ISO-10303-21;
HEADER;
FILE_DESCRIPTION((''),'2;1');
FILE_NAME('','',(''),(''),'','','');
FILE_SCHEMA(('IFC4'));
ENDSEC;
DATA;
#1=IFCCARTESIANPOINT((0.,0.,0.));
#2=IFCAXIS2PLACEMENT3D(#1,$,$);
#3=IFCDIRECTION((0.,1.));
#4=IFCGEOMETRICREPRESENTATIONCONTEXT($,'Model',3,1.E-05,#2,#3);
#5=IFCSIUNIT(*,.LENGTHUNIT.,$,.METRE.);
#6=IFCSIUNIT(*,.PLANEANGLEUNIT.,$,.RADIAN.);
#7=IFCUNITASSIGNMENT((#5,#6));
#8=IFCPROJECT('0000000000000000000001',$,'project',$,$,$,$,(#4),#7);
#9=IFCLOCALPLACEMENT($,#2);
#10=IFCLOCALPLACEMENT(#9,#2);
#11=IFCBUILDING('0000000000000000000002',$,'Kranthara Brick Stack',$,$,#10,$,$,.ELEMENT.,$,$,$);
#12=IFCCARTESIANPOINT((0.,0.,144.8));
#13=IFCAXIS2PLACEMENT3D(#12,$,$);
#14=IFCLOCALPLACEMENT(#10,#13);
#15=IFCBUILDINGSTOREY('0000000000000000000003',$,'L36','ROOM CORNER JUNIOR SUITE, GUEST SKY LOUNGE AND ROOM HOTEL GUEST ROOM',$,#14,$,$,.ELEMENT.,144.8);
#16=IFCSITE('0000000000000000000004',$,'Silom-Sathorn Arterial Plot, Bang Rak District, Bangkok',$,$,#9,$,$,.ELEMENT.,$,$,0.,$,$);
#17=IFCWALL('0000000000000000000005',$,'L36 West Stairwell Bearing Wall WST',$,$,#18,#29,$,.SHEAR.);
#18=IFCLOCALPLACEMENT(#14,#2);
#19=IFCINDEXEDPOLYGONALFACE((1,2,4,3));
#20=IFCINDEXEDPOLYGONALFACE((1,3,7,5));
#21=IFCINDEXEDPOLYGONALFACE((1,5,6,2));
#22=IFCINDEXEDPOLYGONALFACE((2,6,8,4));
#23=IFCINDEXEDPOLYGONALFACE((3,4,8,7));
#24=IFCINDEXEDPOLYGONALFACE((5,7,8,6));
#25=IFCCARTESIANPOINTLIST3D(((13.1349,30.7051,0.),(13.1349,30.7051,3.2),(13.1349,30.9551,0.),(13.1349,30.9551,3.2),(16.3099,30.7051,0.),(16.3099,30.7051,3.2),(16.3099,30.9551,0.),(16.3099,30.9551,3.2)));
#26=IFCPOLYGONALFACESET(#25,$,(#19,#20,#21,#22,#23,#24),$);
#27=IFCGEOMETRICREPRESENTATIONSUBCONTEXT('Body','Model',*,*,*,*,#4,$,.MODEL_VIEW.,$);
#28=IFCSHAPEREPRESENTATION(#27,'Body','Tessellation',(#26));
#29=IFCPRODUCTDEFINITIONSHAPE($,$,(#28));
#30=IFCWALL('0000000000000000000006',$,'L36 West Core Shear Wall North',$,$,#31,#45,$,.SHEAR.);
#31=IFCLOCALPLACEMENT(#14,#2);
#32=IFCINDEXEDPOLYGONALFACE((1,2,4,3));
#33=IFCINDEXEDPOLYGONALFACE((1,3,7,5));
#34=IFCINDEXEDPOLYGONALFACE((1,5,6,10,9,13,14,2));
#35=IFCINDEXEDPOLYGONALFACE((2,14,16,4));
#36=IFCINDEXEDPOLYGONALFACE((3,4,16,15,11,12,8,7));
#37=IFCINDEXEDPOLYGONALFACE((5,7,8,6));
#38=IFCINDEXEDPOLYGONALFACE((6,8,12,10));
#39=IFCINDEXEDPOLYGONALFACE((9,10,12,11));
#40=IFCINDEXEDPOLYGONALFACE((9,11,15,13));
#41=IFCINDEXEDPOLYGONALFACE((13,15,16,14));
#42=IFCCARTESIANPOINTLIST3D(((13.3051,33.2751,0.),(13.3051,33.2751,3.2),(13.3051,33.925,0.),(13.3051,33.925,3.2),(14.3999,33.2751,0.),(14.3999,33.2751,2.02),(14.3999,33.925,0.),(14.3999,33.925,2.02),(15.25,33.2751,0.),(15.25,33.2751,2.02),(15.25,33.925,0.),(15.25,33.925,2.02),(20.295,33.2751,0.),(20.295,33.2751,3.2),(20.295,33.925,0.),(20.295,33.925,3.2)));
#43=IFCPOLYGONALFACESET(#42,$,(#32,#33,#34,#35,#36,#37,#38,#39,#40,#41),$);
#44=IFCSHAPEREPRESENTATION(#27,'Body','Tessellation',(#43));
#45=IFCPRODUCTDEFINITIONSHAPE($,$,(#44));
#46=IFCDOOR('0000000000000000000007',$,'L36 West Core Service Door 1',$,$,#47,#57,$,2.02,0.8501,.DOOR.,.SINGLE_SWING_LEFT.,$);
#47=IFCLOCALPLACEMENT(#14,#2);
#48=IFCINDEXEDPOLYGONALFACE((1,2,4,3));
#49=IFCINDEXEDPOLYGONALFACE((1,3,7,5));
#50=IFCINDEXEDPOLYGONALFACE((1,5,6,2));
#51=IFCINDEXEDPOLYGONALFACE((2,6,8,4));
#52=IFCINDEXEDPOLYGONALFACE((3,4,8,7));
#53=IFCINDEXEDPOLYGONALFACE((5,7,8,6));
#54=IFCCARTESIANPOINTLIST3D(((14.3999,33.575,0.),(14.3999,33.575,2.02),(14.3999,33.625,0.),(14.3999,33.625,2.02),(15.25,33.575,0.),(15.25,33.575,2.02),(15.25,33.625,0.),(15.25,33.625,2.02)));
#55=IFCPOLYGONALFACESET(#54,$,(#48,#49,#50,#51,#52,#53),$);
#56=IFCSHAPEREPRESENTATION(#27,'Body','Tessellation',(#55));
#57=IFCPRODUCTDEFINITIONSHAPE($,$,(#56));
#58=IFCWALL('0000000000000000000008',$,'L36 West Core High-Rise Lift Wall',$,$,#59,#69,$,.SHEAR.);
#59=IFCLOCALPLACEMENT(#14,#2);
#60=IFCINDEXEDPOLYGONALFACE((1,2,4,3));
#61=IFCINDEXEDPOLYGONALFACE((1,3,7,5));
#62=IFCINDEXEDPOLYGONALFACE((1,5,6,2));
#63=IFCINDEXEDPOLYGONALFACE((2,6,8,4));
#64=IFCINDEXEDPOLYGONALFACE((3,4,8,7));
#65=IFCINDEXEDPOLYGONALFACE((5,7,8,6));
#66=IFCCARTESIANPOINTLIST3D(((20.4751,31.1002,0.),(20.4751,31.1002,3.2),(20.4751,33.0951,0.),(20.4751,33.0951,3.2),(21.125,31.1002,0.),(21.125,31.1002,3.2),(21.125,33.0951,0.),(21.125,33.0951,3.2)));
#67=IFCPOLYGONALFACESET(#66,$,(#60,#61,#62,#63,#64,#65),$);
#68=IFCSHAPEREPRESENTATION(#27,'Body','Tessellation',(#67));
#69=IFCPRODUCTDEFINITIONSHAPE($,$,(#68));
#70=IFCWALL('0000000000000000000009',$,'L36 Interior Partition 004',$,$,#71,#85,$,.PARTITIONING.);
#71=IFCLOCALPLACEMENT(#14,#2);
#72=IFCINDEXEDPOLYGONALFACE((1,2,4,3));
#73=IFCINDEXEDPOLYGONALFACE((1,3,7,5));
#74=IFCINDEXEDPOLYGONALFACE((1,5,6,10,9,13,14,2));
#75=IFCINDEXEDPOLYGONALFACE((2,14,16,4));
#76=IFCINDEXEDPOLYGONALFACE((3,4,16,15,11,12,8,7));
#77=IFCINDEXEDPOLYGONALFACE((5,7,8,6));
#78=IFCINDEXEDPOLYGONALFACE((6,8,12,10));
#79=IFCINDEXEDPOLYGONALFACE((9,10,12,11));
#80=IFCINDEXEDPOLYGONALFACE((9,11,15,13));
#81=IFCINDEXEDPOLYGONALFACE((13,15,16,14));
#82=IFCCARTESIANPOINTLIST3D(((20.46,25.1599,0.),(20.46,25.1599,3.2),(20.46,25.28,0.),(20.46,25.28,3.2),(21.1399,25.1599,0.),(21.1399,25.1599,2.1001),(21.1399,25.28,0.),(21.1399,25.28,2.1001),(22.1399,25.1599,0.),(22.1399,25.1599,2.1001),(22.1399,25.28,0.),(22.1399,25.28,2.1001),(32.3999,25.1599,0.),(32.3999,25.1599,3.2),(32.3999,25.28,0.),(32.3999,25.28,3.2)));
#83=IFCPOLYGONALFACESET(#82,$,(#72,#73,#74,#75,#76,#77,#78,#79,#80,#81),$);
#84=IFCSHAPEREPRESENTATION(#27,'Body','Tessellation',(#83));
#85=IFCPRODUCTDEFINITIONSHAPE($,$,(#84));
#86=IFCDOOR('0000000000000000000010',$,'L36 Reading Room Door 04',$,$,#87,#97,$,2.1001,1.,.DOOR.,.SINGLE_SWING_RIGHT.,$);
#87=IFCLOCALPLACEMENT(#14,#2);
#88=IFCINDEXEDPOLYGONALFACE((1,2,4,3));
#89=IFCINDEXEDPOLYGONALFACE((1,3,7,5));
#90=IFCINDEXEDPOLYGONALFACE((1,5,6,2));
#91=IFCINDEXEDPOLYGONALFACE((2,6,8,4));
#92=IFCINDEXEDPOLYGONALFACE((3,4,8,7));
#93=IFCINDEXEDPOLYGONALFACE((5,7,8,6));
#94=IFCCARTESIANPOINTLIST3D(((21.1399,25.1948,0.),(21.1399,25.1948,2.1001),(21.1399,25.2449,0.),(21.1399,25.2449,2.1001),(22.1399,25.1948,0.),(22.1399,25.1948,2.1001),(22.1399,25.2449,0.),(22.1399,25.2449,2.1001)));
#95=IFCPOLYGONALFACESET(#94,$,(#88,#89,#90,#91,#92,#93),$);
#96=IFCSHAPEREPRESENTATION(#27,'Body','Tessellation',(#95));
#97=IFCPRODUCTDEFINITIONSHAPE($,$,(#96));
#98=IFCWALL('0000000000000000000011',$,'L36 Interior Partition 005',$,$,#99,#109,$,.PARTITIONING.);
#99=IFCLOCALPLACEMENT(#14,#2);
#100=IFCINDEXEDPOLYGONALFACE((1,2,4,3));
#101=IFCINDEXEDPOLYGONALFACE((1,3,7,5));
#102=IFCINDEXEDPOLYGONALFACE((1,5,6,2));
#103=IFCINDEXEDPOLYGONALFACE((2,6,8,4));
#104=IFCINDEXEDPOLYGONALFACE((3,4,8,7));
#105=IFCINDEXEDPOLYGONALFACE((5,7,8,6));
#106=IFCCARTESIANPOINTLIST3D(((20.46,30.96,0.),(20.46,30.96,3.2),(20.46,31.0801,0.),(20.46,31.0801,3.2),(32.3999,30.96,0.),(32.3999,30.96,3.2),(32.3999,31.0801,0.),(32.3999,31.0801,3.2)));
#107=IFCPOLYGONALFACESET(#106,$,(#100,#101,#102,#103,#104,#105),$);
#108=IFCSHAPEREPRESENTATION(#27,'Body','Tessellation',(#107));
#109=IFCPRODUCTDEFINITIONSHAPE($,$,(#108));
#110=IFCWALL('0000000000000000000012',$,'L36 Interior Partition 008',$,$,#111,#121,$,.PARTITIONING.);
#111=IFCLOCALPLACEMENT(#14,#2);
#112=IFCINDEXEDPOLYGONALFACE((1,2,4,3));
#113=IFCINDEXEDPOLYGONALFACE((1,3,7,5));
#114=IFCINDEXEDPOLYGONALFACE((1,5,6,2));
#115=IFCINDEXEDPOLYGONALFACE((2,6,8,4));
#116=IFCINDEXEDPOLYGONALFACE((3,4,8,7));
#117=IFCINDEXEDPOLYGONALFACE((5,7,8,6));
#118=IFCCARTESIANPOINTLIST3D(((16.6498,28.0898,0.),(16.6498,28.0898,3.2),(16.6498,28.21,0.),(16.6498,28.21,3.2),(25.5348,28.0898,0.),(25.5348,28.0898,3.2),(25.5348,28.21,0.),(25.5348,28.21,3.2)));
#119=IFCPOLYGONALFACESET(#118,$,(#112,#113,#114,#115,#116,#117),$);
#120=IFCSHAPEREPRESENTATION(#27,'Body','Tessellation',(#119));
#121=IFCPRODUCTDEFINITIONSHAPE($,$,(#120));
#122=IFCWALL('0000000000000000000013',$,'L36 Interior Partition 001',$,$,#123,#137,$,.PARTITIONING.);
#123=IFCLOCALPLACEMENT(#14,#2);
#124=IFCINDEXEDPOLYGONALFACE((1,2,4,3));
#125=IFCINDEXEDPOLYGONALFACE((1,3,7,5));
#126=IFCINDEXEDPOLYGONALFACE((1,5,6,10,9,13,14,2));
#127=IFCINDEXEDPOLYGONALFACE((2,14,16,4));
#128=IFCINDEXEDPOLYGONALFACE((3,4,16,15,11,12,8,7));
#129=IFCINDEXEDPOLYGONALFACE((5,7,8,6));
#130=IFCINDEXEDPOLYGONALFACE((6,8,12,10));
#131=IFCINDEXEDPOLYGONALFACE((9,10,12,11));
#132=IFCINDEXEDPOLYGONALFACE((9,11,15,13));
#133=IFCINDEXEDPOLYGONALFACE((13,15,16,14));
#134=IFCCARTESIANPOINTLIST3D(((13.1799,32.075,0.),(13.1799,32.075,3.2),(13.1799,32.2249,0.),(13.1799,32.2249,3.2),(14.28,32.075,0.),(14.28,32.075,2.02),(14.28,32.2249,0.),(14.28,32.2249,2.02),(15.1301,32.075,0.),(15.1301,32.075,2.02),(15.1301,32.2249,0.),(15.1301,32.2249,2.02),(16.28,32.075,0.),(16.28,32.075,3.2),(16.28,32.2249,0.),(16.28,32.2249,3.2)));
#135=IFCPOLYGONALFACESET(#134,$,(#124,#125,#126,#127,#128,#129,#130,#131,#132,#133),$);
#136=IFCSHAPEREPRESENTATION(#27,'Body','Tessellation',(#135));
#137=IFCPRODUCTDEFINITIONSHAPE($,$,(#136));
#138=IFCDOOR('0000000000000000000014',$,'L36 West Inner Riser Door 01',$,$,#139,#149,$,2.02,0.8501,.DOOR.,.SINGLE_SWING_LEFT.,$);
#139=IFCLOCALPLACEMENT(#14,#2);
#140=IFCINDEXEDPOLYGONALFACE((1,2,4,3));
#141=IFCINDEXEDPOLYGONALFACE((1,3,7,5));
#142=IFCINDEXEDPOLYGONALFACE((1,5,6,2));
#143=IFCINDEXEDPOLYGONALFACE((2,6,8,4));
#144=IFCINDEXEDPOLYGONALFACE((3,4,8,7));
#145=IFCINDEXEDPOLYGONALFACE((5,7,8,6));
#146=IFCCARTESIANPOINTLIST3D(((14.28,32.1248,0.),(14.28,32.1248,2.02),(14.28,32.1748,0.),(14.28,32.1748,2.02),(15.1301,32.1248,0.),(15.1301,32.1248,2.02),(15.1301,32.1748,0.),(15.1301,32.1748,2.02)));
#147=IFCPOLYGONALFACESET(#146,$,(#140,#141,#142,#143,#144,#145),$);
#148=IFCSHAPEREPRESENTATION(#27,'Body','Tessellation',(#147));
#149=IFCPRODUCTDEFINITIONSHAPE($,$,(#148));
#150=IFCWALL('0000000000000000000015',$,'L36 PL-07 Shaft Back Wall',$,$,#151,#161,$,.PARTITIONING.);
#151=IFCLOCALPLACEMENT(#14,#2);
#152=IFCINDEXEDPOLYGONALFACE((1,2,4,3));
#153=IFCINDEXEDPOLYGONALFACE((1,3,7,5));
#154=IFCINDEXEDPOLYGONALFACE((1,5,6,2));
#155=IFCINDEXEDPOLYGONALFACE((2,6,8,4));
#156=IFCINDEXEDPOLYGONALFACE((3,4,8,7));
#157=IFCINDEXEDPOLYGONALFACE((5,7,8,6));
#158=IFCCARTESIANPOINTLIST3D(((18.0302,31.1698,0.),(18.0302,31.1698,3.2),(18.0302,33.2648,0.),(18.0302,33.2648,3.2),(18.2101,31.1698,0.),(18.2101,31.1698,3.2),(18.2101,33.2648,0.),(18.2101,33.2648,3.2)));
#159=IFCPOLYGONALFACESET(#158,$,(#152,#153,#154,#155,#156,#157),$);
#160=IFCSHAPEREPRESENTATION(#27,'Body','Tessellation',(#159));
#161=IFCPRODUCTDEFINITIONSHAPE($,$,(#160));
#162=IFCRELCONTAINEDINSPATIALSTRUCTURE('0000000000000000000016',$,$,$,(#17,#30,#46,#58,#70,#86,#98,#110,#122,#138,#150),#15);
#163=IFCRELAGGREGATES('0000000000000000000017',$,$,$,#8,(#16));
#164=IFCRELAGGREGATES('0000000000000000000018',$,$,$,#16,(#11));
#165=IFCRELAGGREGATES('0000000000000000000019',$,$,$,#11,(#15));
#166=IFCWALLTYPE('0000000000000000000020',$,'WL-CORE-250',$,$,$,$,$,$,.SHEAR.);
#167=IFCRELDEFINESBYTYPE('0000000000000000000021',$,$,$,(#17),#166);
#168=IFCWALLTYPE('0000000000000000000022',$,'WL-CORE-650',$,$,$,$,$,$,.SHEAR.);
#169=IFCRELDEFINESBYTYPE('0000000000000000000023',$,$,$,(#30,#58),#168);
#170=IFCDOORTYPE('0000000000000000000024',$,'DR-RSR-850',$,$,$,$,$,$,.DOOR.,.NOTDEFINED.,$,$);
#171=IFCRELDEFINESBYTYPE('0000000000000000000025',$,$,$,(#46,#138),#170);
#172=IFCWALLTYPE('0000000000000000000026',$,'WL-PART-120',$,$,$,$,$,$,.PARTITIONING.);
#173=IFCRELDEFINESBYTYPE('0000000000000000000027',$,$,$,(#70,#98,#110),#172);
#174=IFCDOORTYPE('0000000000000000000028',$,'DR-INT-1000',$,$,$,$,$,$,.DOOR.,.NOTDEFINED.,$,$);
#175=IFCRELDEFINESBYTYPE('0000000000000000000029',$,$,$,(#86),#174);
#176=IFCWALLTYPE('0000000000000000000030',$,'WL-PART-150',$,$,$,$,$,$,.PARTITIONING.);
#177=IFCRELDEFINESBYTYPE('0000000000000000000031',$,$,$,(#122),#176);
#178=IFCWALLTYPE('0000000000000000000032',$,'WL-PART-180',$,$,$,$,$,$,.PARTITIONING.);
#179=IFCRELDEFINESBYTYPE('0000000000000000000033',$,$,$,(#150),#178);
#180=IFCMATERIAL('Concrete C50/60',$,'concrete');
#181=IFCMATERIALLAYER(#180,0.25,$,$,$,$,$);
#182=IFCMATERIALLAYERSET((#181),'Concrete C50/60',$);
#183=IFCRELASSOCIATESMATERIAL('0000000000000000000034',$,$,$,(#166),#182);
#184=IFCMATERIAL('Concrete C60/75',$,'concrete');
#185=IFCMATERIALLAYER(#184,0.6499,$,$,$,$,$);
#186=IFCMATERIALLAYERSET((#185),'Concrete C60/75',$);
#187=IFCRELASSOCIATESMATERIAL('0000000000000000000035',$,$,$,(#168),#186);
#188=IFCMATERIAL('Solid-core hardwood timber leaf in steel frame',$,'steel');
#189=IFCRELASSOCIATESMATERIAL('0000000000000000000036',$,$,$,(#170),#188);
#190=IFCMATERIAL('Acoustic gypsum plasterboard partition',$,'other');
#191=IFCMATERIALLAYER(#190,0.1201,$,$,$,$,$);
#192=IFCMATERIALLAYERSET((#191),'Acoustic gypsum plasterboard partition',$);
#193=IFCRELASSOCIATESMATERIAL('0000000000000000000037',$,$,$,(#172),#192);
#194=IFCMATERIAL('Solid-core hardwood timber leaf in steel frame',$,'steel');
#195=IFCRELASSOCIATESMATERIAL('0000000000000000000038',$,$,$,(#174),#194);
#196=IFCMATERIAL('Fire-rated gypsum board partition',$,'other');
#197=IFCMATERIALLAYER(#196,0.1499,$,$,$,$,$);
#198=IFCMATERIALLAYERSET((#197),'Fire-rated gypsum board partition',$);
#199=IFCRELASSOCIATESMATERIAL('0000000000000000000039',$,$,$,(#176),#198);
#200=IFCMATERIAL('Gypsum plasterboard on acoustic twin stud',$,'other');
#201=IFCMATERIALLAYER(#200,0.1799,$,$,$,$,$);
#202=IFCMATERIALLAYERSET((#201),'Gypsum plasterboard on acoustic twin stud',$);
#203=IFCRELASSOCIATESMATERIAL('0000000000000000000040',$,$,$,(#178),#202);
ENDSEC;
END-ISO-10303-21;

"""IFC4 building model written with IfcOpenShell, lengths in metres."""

from ifc_helpers import new_model, si_unit, direction, frame, frame_2d, origin, place, context, subcontext, project, spatial, rectangle, extrude, material, layer, layer_set, type_object, element, fill, save


model = new_model("IFC4")

# Units and contexts
model_context = context("Model", 3, precision=1e-05, world=origin(), true_north=direction((0.0, 1.0)))
body_context = subcontext(model_context, "Body", "Model", "MODEL_VIEW")
ifc_project = project(units=[si_unit("LENGTHUNIT", "METRE"), si_unit("PLANEANGLEUNIT", "RADIAN")], contexts=[model_context])

# Site, building, storey
site_placement = place(None, origin())
site = spatial("IfcSite", under=ifc_project, at=site_placement, Name="Silom-Sathorn Arterial Plot, Bang Rak District, Bangkok", CompositionType="ELEMENT", RefElevation=0.0)
building_placement = place(site_placement, origin())
building = spatial("IfcBuilding", under=site, at=building_placement, Name="Kranthara Brick Stack", CompositionType="ELEMENT")
storey_placement = place(building_placement, frame((0.0, 0.0, 144.8)))
storey = spatial("IfcBuildingStorey", under=building, at=storey_placement, Name="L36", Description="ROOM CORNER JUNIOR SUITE, GUEST SKY LOUNGE AND ROOM HOTEL GUEST ROOM", CompositionType="ELEMENT", Elevation=144.8)

# Wall
ifc_material_1 = material(Name="Concrete C50/60", Category="concrete")
ifc_layer_1 = layer(ifc_material_1, 0.25)
ifc_layer_set_1 = layer_set([ifc_layer_1], Name="Concrete C50/60")
wall_type_1 = type_object("IfcWallType", Name="WL-CORE-250", PredefinedType="SHEAR", material=ifc_layer_set_1)
wall_1_placement = place(storey_placement, frame((13.135, 30.8301, 0.0), z_axis=(0.0, 0.0, 1.0), x_axis=(1.0, 0.0, 0.0)))
element("IfcWall", 1, at=wall_1_placement, inside=storey, type_object=wall_type_1, Name="L36 West Stairwell Bearing Wall WST", PredefinedType="SHEAR", context=body_context, shape_type="SweptSolid", body=[
    extrude(rectangle(XDim=3.175, YDim=0.25, at=frame_2d((1.5874, 0.0))), origin(), (0.0, 0.0, 1.0), 3.2),
])

# Wall, opening, door
ifc_material_2 = material(Name="Concrete C60/75", Category="concrete")
ifc_layer_2 = layer(ifc_material_2, 0.6499)
ifc_layer_set_2 = layer_set([ifc_layer_2], Name="Concrete C60/75")
wall_type_2 = type_object("IfcWallType", Name="WL-CORE-650", PredefinedType="SHEAR", material=ifc_layer_set_2)
wall_2_placement = place(storey_placement, frame((13.3049, 33.6001, 0.0), z_axis=(0.0, 0.0, 1.0), x_axis=(1.0, 0.0, 0.0)))
wall_2 = element("IfcWall", 2, at=wall_2_placement, inside=storey, type_object=wall_type_2, Name="L36 West Core Shear Wall North", PredefinedType="SHEAR", context=body_context, shape_type="SweptSolid", body=[
    extrude(rectangle(XDim=6.99, YDim=0.6499, at=frame_2d((3.4951, 0.0))), origin(), (0.0, 0.0, 1.0), 3.2),
])
opening_1_placement = place(wall_2_placement, frame((1.095, 0.0, 0.0)))
opening_1 = element("IfcOpeningElement", 3, at=opening_1_placement, cuts=wall_2, PredefinedType="OPENING", context=body_context, shape_type="SweptSolid", body=[
    extrude(rectangle(XDim=0.8501, YDim=2.02, at=frame_2d((0.425, 1.01))), frame((0.0, 0.335, 0.0), z_axis=(0.0, -1.0, 0.0), x_axis=(1.0, 0.0, 0.0)), (0.0, 0.0, 1.0), 0.6699),
])
ifc_material_3 = material(Name="Solid-core hardwood timber leaf in steel frame", Category="steel")
door_type_1 = type_object("IfcDoorType", Name="DR-RSR-850", OperationType="NOTDEFINED", PredefinedType="DOOR", material=ifc_material_3)
door_1_placement = place(opening_1_placement, origin())
door_1 = element("IfcDoor", 4, at=door_1_placement, inside=storey, type_object=door_type_1, Name="L36 West Core Service Door 1", OperationType="SINGLE_SWING_LEFT", OverallHeight=2.02, OverallWidth=0.8501, PredefinedType="DOOR", context=body_context, shape_type="SweptSolid", body=[
    extrude(rectangle(XDim=0.8501, YDim=2.02, at=frame_2d((0.425, 1.01))), frame((0.0, 0.0249, 0.0), z_axis=(0.0, -1.0, 0.0), x_axis=(1.0, 0.0, 0.0)), (0.0, 0.0, 1.0), 0.05),
])
fill(opening_1, door_1)

# Wall
wall_3_placement = place(storey_placement, frame((20.8, 31.1001, 0.0), z_axis=(0.0, 0.0, 1.0), x_axis=(0.0, 1.0, 0.0)))
element("IfcWall", 5, at=wall_3_placement, inside=storey, type_object=wall_type_2, Name="L36 West Core High-Rise Lift Wall", PredefinedType="SHEAR", context=body_context, shape_type="SweptSolid", body=[
    extrude(rectangle(XDim=1.9949, YDim=0.6499, at=frame_2d((0.9976, 0.0))), origin(), (0.0, 0.0, 1.0), 3.2),
])

# Wall, opening, door
ifc_material_4 = material(Name="Acoustic gypsum plasterboard partition", Category="other")
ifc_layer_3 = layer(ifc_material_4, 0.1201)
ifc_layer_set_3 = layer_set([ifc_layer_3], Name="Acoustic gypsum plasterboard partition")
wall_type_3 = type_object("IfcWallType", Name="WL-PART-120", PredefinedType="PARTITIONING", material=ifc_layer_set_3)
wall_4_placement = place(storey_placement, frame((20.46, 25.22, 0.0), z_axis=(0.0, 0.0, 1.0), x_axis=(1.0, 0.0, 0.0)))
wall_4 = element("IfcWall", 6, at=wall_4_placement, inside=storey, type_object=wall_type_3, Name="L36 Interior Partition 004", PredefinedType="PARTITIONING", context=body_context, shape_type="SweptSolid", body=[
    extrude(rectangle(XDim=11.9399, YDim=0.1201, at=frame_2d((5.97, 0.0))), origin(), (0.0, 0.0, 1.0), 3.2),
])
opening_2_placement = place(wall_4_placement, frame((0.6799, 0.0, 0.0)))
opening_2 = element("IfcOpeningElement", 7, at=opening_2_placement, cuts=wall_4, PredefinedType="OPENING", context=body_context, shape_type="SweptSolid", body=[
    extrude(rectangle(XDim=1.0, YDim=2.1001, at=frame_2d((0.5, 1.05))), frame((0.0, 0.0701, 0.0), z_axis=(0.0, -1.0, 0.0), x_axis=(1.0, 0.0, 0.0)), (0.0, 0.0, 1.0), 0.1401),
])
ifc_material_5 = material(Name="Solid-core hardwood timber leaf in steel frame", Category="steel")
door_type_2 = type_object("IfcDoorType", Name="DR-INT-1000", OperationType="NOTDEFINED", PredefinedType="DOOR", material=ifc_material_5)
door_2_placement = place(opening_2_placement, origin())
door_2 = element("IfcDoor", 8, at=door_2_placement, inside=storey, type_object=door_type_2, Name="L36 Reading Room Door 04", OperationType="SINGLE_SWING_RIGHT", OverallHeight=2.1001, OverallWidth=1.0, PredefinedType="DOOR", context=body_context, shape_type="SweptSolid", body=[
    extrude(rectangle(XDim=1.0, YDim=2.1001, at=frame_2d((0.5, 1.05))), frame((0.0, 0.0249, 0.0), z_axis=(0.0, -1.0, 0.0), x_axis=(1.0, 0.0, 0.0)), (0.0, 0.0, 1.0), 0.05),
])
fill(opening_2, door_2)

# Walls
wall_5_placement = place(storey_placement, frame((20.46, 31.02, 0.0), z_axis=(0.0, 0.0, 1.0), x_axis=(1.0, 0.0, 0.0)))
element("IfcWall", 9, at=wall_5_placement, inside=storey, type_object=wall_type_3, Name="L36 Interior Partition 005", PredefinedType="PARTITIONING", context=body_context, shape_type="SweptSolid", body=[
    extrude(rectangle(XDim=11.9399, YDim=0.1201, at=frame_2d((5.97, 0.0))), origin(), (0.0, 0.0, 1.0), 3.2),
])
wall_6_placement = place(storey_placement, frame((16.6499, 28.1499, 0.0), z_axis=(0.0, 0.0, 1.0), x_axis=(1.0, 0.0, 0.0)))
element("IfcWall", 10, at=wall_6_placement, inside=storey, type_object=wall_type_3, Name="L36 Interior Partition 008", PredefinedType="PARTITIONING", context=body_context, shape_type="SweptSolid", body=[
    extrude(rectangle(XDim=8.885, YDim=0.1201, at=frame_2d((4.4424, 0.0))), origin(), (0.0, 0.0, 1.0), 3.2),
])

# Wall, opening, door
ifc_material_6 = material(Name="Fire-rated gypsum board partition", Category="other")
ifc_layer_4 = layer(ifc_material_6, 0.1499)
ifc_layer_set_4 = layer_set([ifc_layer_4], Name="Fire-rated gypsum board partition")
wall_type_4 = type_object("IfcWallType", Name="WL-PART-150", PredefinedType="PARTITIONING", material=ifc_layer_set_4)
wall_7_placement = place(storey_placement, frame((13.1799, 32.1499, 0.0), z_axis=(0.0, 0.0, 1.0), x_axis=(1.0, 0.0, 0.0)))
wall_7 = element("IfcWall", 11, at=wall_7_placement, inside=storey, type_object=wall_type_4, Name="L36 Interior Partition 001", PredefinedType="PARTITIONING", context=body_context, shape_type="SweptSolid", body=[
    extrude(rectangle(XDim=3.1001, YDim=0.1499, at=frame_2d((1.55, 0.0))), origin(), (0.0, 0.0, 1.0), 3.2),
])
opening_3_placement = place(wall_7_placement, frame((1.1001, 0.0, 0.0)))
opening_3 = element("IfcOpeningElement", 12, at=opening_3_placement, cuts=wall_7, PredefinedType="OPENING", context=body_context, shape_type="SweptSolid", body=[
    extrude(rectangle(XDim=0.8501, YDim=2.02, at=frame_2d((0.425, 1.01))), frame((0.0, 0.085, 0.0), z_axis=(0.0, -1.0, 0.0), x_axis=(1.0, 0.0, 0.0)), (0.0, 0.0, 1.0), 0.1699),
])
door_3_placement = place(opening_3_placement, origin())
door_3 = element("IfcDoor", 13, at=door_3_placement, inside=storey, type_object=door_type_1, Name="L36 West Inner Riser Door 01", OperationType="SINGLE_SWING_LEFT", OverallHeight=2.02, OverallWidth=0.8501, PredefinedType="DOOR", context=body_context, shape_type="SweptSolid", body=[
    extrude(rectangle(XDim=0.8501, YDim=2.02, at=frame_2d((0.425, 1.01))), frame((0.0, 0.0249, 0.0), z_axis=(0.0, -1.0, 0.0), x_axis=(1.0, 0.0, 0.0)), (0.0, 0.0, 1.0), 0.05),
])
fill(opening_3, door_3)

# Wall
ifc_material_7 = material(Name="Gypsum plasterboard on acoustic twin stud", Category="other")
ifc_layer_5 = layer(ifc_material_7, 0.1799)
ifc_layer_set_5 = layer_set([ifc_layer_5], Name="Gypsum plasterboard on acoustic twin stud")
wall_type_5 = type_object("IfcWallType", Name="WL-PART-180", PredefinedType="PARTITIONING", material=ifc_layer_set_5)
wall_8_placement = place(storey_placement, frame((18.1201, 31.1699, 0.0), z_axis=(0.0, 0.0, 1.0), x_axis=(0.0, 1.0, 0.0)))
element("IfcWall", 14, at=wall_8_placement, inside=storey, type_object=wall_type_5, Name="L36 PL-07 Shaft Back Wall", PredefinedType="PARTITIONING", context=body_context, shape_type="SweptSolid", body=[
    extrude(rectangle(XDim=2.095, YDim=0.1799, at=frame_2d((1.0474, 0.0))), origin(), (0.0, 0.0, 1.0), 3.2),
])

save(model, "model.ifc")
